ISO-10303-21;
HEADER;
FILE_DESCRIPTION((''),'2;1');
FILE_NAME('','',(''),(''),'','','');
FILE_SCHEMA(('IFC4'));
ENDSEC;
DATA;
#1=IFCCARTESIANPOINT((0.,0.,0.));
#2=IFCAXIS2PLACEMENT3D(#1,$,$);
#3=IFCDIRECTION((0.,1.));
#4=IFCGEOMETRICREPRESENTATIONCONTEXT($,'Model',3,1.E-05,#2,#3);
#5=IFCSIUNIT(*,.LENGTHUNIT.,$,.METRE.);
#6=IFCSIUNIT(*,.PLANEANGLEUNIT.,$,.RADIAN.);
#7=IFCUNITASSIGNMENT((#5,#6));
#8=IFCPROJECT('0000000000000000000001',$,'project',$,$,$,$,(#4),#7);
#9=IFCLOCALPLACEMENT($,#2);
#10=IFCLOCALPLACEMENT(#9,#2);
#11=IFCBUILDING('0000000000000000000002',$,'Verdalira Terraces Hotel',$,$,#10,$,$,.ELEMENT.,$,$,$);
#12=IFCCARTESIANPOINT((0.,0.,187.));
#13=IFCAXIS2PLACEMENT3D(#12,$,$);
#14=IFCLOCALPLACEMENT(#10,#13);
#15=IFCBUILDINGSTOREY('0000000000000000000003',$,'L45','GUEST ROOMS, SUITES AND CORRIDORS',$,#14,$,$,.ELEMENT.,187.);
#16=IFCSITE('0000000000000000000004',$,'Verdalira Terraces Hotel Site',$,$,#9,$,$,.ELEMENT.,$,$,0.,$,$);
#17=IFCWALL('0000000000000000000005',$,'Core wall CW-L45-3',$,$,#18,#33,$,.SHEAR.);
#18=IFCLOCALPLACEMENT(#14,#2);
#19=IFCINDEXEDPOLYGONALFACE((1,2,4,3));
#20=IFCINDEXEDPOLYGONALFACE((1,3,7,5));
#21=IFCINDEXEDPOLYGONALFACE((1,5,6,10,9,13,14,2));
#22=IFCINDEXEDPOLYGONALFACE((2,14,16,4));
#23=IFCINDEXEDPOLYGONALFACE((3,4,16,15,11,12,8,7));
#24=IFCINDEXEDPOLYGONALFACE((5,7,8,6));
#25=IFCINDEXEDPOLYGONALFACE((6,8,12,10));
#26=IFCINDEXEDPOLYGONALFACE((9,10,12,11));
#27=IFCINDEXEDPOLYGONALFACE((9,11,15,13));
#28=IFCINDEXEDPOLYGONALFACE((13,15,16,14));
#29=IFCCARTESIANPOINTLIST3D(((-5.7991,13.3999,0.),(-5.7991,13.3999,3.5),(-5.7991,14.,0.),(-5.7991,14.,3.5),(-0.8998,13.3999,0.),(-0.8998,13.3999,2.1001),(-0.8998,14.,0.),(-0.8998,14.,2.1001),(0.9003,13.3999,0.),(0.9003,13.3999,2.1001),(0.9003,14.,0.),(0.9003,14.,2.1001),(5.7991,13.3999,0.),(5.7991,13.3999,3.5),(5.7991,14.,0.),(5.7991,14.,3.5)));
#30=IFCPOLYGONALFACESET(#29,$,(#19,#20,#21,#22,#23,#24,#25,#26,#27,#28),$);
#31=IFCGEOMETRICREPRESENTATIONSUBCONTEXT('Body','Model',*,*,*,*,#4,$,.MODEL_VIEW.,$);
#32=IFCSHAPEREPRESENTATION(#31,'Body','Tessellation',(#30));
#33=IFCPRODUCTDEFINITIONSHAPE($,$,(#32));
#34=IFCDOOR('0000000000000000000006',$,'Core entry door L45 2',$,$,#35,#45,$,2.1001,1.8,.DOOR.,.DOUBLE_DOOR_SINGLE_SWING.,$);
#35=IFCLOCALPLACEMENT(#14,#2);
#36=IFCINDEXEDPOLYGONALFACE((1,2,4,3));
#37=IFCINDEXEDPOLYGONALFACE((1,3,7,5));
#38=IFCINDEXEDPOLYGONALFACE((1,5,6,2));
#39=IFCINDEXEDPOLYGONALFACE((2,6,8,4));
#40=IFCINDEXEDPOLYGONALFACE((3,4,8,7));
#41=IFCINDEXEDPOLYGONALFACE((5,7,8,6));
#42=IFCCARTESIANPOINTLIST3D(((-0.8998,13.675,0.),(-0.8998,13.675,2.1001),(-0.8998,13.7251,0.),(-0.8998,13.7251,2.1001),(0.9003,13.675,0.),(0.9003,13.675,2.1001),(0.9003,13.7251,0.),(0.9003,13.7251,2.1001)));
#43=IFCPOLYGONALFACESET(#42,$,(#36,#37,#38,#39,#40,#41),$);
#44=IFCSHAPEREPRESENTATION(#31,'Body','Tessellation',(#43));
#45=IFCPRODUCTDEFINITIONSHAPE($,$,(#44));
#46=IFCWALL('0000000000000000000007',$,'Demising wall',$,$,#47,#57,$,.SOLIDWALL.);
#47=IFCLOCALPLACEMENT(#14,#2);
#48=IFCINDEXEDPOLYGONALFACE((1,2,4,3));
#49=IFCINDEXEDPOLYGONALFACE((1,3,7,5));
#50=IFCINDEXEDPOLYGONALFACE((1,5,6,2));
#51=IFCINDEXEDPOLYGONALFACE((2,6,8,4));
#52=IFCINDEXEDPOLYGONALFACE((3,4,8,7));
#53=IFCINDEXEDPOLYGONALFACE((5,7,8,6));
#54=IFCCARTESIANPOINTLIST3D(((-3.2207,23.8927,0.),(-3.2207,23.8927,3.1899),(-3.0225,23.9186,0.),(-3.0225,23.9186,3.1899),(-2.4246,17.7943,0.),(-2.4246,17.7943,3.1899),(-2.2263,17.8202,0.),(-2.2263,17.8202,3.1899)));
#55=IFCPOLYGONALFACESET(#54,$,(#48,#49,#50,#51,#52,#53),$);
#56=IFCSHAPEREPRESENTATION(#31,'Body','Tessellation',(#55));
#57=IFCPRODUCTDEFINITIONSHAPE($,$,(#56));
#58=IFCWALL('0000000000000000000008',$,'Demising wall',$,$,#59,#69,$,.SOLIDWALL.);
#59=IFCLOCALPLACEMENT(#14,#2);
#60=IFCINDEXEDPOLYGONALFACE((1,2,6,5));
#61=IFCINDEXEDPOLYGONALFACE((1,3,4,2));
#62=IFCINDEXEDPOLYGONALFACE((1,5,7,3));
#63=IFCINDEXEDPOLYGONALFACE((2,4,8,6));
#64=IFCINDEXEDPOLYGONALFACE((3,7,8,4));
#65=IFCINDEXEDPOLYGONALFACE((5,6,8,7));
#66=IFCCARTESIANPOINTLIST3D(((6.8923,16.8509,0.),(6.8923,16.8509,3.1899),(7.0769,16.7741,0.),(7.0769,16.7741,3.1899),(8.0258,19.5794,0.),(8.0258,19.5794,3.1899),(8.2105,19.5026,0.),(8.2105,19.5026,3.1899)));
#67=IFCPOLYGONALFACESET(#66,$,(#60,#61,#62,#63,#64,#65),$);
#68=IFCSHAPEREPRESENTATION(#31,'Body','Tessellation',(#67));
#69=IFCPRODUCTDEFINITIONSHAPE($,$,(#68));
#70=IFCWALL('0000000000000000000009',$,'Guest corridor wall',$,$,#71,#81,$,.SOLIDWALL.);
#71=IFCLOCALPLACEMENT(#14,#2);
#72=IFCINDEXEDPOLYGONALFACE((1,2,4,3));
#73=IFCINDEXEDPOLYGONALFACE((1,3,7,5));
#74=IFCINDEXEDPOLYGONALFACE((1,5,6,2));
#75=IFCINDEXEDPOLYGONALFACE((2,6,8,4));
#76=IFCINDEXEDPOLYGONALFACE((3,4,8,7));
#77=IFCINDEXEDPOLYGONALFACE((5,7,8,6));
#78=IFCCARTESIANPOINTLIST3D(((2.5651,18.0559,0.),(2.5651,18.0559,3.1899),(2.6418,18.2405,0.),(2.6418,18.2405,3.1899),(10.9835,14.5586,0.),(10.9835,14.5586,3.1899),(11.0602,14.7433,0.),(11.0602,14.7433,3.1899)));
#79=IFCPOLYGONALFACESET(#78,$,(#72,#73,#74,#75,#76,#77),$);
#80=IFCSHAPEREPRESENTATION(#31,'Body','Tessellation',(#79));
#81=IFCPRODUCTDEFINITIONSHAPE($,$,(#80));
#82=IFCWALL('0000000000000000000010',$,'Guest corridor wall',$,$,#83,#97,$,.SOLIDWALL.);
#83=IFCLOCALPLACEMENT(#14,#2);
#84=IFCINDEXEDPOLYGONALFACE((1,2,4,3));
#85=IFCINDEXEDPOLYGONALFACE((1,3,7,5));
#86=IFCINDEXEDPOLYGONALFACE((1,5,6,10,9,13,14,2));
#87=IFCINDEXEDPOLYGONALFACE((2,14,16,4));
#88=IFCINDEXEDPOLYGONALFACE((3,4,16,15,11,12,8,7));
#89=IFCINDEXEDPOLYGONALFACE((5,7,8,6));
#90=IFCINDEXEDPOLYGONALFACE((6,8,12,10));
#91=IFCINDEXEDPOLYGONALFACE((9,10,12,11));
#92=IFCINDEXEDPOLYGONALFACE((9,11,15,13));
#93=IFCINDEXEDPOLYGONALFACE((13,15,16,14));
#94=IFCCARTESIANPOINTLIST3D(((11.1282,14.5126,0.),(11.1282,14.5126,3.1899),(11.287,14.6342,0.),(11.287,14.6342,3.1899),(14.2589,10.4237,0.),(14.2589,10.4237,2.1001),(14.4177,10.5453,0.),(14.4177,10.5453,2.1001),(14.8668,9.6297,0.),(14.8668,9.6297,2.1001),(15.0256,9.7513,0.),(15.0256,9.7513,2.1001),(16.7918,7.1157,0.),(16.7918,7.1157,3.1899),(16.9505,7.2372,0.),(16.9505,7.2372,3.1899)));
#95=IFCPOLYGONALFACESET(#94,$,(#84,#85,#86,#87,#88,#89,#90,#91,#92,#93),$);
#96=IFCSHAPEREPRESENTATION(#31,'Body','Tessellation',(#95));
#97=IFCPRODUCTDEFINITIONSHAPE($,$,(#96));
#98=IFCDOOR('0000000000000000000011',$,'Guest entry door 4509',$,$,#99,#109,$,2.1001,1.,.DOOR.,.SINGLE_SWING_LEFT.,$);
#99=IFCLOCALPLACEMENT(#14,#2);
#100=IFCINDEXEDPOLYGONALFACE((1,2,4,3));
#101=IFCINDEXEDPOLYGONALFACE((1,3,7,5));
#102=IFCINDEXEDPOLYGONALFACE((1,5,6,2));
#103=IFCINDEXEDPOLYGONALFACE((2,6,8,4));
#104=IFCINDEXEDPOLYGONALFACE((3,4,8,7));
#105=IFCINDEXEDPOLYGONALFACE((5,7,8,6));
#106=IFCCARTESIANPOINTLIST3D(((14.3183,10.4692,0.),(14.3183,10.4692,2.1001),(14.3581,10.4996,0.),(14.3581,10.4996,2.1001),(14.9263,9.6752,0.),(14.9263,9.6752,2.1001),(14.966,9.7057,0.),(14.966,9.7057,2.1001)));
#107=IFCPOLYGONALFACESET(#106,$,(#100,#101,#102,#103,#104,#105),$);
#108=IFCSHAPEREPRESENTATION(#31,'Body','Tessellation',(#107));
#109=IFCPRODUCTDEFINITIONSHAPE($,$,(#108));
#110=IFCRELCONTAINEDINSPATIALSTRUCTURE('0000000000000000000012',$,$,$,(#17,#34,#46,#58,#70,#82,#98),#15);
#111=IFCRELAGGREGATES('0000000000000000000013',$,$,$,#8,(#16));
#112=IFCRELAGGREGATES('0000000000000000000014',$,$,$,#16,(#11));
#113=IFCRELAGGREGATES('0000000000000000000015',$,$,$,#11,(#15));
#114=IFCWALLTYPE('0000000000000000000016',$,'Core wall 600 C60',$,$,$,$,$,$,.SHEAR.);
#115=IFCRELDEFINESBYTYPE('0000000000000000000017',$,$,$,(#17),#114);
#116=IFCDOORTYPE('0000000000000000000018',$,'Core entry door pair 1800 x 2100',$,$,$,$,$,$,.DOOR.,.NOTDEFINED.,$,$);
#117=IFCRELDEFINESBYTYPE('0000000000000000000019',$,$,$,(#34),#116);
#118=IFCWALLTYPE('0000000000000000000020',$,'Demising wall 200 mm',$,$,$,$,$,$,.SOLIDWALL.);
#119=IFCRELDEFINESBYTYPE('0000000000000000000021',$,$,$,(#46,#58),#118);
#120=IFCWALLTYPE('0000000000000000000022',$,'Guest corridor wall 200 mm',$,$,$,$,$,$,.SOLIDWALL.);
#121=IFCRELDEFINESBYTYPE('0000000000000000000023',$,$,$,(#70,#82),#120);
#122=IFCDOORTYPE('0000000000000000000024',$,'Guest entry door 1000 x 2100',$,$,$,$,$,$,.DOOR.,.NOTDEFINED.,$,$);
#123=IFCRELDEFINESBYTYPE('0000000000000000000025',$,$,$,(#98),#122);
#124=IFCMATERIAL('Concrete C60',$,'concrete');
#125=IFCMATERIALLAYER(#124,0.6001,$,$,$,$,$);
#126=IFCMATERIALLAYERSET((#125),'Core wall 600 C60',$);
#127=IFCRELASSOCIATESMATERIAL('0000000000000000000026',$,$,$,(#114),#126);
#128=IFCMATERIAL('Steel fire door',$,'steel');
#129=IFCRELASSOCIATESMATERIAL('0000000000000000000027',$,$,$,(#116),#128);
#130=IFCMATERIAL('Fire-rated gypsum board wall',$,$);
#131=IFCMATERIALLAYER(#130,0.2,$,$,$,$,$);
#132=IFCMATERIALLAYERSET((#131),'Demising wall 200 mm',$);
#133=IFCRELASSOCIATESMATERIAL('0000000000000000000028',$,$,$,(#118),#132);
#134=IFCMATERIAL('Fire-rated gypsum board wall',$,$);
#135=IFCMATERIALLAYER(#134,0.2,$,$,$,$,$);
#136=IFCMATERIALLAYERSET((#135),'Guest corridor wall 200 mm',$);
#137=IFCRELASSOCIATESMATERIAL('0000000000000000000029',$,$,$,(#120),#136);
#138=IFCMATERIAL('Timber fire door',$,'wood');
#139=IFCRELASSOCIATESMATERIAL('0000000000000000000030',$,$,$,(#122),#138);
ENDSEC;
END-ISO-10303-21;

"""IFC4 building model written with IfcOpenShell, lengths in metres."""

from ifc_helpers import new_model, si_unit, direction, frame, frame_2d, origin, place, context, subcontext, project, spatial, rectangle, extrude, material, layer, layer_set, type_object, element, fill, save


model = new_model("IFC4")

# Units and contexts
model_context = context("Model", 3, precision=1e-05, world=origin(), true_north=direction((0.0, 1.0)))
body_context = subcontext(model_context, "Body", "Model", "MODEL_VIEW")
ifc_project = project(units=[si_unit("LENGTHUNIT", "METRE"), si_unit("PLANEANGLEUNIT", "RADIAN")], contexts=[model_context])

# Site, building, storey
site_placement = place(None, origin())
site = spatial("IfcSite", under=ifc_project, at=site_placement, Name="Verdalira Terraces Hotel Site", CompositionType="ELEMENT", RefElevation=0.0)
building_placement = place(site_placement, origin())
building = spatial("IfcBuilding", under=site, at=building_placement, Name="Verdalira Terraces Hotel", CompositionType="ELEMENT")
storey_placement = place(building_placement, frame((0.0, 0.0, 187.0)))
storey = spatial("IfcBuildingStorey", under=building, at=storey_placement, Name="L45", Description="GUEST ROOMS, SUITES AND CORRIDORS", CompositionType="ELEMENT", Elevation=187.0)

# Wall, opening, door
ifc_material_1 = material(Name="Concrete C60", Category="concrete")
ifc_layer_1 = layer(ifc_material_1, 0.6001)
ifc_layer_set_1 = layer_set([ifc_layer_1], Name="Core wall 600 C60")
wall_type_1 = type_object("IfcWallType", Name="Core wall 600 C60", PredefinedType="SHEAR", material=ifc_layer_set_1)
wall_1_placement = place(storey_placement, frame((5.7991, 13.7, 0.0), z_axis=(0.0, 0.0, 1.0), x_axis=(-1.0, 0.0, 0.0)))
wall_1 = element("IfcWall", 1, at=wall_1_placement, inside=storey, type_object=wall_type_1, Name="Core wall CW-L45-3", PredefinedType="SHEAR", context=body_context, shape_type="SweptSolid", body=[
    extrude(rectangle(XDim=11.5981, YDim=0.6001, at=frame_2d((5.7991, 0.0))), origin(), (0.0, 0.0, 1.0), 3.5),
])
opening_1_placement = place(wall_1_placement, frame((4.8989, 0.0, 0.0)))
opening_1 = element("IfcOpeningElement", 2, at=opening_1_placement, cuts=wall_1, PredefinedType="OPENING", context=body_context, shape_type="SweptSolid", body=[
    extrude(rectangle(XDim=1.8, YDim=2.1001, at=frame_2d((0.8999, 1.05))), frame((0.0, 0.3101, 0.0), z_axis=(0.0, -1.0, 0.0), x_axis=(1.0, 0.0, 0.0)), (0.0, 0.0, 1.0), 0.6201),
])
ifc_material_2 = material(Name="Steel fire door", Category="steel")
door_type_1 = type_object("IfcDoorType", Name="Core entry door pair 1800 x 2100", OperationType="NOTDEFINED", PredefinedType="DOOR", material=ifc_material_2)
door_1_placement = place(opening_1_placement, origin())
door_1 = element("IfcDoor", 3, at=door_1_placement, inside=storey, type_object=door_type_1, Name="Core entry door L45 2", OperationType="DOUBLE_DOOR_SINGLE_SWING", OverallHeight=2.1001, OverallWidth=1.8, PredefinedType="DOOR", context=body_context, shape_type="SweptSolid", body=[
    extrude(rectangle(XDim=1.8, YDim=2.1001, at=frame_2d((0.8999, 1.05))), frame((0.0, 0.0249, 0.0), z_axis=(0.0, -1.0, 0.0), x_axis=(1.0, 0.0, 0.0)), (0.0, 0.0, 1.0), 0.05),
])
fill(opening_1, door_1)

# Walls
ifc_material_3 = material(Name="Fire-rated gypsum board wall")
ifc_layer_2 = layer(ifc_material_3, 0.2)
ifc_layer_set_2 = layer_set([ifc_layer_2], Name="Demising wall 200 mm")
wall_type_2 = type_object("IfcWallType", Name="Demising wall 200 mm", PredefinedType="SOLIDWALL", material=ifc_layer_set_2)
wall_2_placement = place(storey_placement, frame((-2.3254, 17.8071, 0.0), z_axis=(0.0, 0.0, 1.0), x_axis=(-0.129451, 0.991586, 0.0)))
element("IfcWall", 4, at=wall_2_placement, inside=storey, type_object=wall_type_2, Name="Demising wall", PredefinedType="SOLIDWALL", context=body_context, shape_type="SweptSolid", body=[
    extrude(rectangle(XDim=6.1501, YDim=0.2, at=frame_2d((3.0752, 0.0))), origin(), (0.0, 0.0, 1.0), 3.1899),
])
wall_3_placement = place(storey_placement, frame((6.9846, 16.8125, 0.0), z_axis=(0.0, 0.0, 1.0), x_axis=(0.383653, 0.923477, 0.0)))
element("IfcWall", 5, at=wall_3_placement, inside=storey, type_object=wall_type_2, Name="Demising wall", PredefinedType="SOLIDWALL", context=body_context, shape_type="SweptSolid", body=[
    extrude(rectangle(XDim=2.9546, YDim=0.2, at=frame_2d((1.4773, 0.0))), origin(), (0.0, 0.0, 1.0), 3.1899),
])
ifc_material_4 = material(Name="Fire-rated gypsum board wall")
ifc_layer_3 = layer(ifc_material_4, 0.2)
ifc_layer_set_3 = layer_set([ifc_layer_3], Name="Guest corridor wall 200 mm")
wall_type_3 = type_object("IfcWallType", Name="Guest corridor wall 200 mm", PredefinedType="SOLIDWALL", material=ifc_layer_set_3)
wall_4_placement = place(storey_placement, frame((11.022, 14.6509, 0.0), z_axis=(0.0, 0.0, 1.0), x_axis=(-0.923481, 0.383645, 0.0)))
element("IfcWall", 6, at=wall_4_placement, inside=storey, type_object=wall_type_3, Name="Guest corridor wall", PredefinedType="SOLIDWALL", context=body_context, shape_type="SweptSolid", body=[
    extrude(rectangle(XDim=9.116, YDim=0.2, at=frame_2d((4.5581, 0.0))), origin(), (0.0, 0.0, 1.0), 3.1899),
])

# Wall, opening, door
wall_5_placement = place(storey_placement, frame((11.2075, 14.5735, 0.0), z_axis=(0.0, 0.0, 1.0), x_axis=(0.607929, -0.793992, 0.0)))
wall_5 = element("IfcWall", 7, at=wall_5_placement, inside=storey, type_object=wall_type_3, Name="Guest corridor wall", PredefinedType="SOLIDWALL", context=body_context, shape_type="SweptSolid", body=[
    extrude(rectangle(XDim=9.3162, YDim=0.2, at=frame_2d((4.6582, 0.0))), origin(), (0.0, 0.0, 1.0), 3.1899),
])
opening_2_placement = place(wall_5_placement, frame((5.1499, 0.0, 0.0)))
opening_2 = element("IfcOpeningElement", 8, at=opening_2_placement, cuts=wall_5, PredefinedType="OPENING", context=body_context, shape_type="SweptSolid", body=[
    extrude(rectangle(XDim=1.0, YDim=2.1001, at=frame_2d((0.5, 1.05))), frame((0.0, 0.1099, 0.0), z_axis=(0.0, -1.0, 0.0), x_axis=(1.0, 0.0, 0.0)), (0.0, 0.0, 1.0), 0.22),
])
ifc_material_5 = material(Name="Timber fire door", Category="wood")
door_type_2 = type_object("IfcDoorType", Name="Guest entry door 1000 x 2100", OperationType="NOTDEFINED", PredefinedType="DOOR", material=ifc_material_5)
door_2_placement = place(opening_2_placement, origin())
door_2 = element("IfcDoor", 9, at=door_2_placement, inside=storey, type_object=door_type_2, Name="Guest entry door 4509", OperationType="SINGLE_SWING_LEFT", OverallHeight=2.1001, OverallWidth=1.0, PredefinedType="DOOR", context=body_context, shape_type="SweptSolid", body=[
    extrude(rectangle(XDim=1.0, YDim=2.1001, at=frame_2d((0.5, 1.05))), frame((0.0, 0.0249, 0.0), z_axis=(0.0, -1.0, 0.0), x_axis=(1.0, 0.0, 0.0)), (0.0, 0.0, 1.0), 0.05),
])
fill(opening_2, door_2)

save(model, "model.ifc")
